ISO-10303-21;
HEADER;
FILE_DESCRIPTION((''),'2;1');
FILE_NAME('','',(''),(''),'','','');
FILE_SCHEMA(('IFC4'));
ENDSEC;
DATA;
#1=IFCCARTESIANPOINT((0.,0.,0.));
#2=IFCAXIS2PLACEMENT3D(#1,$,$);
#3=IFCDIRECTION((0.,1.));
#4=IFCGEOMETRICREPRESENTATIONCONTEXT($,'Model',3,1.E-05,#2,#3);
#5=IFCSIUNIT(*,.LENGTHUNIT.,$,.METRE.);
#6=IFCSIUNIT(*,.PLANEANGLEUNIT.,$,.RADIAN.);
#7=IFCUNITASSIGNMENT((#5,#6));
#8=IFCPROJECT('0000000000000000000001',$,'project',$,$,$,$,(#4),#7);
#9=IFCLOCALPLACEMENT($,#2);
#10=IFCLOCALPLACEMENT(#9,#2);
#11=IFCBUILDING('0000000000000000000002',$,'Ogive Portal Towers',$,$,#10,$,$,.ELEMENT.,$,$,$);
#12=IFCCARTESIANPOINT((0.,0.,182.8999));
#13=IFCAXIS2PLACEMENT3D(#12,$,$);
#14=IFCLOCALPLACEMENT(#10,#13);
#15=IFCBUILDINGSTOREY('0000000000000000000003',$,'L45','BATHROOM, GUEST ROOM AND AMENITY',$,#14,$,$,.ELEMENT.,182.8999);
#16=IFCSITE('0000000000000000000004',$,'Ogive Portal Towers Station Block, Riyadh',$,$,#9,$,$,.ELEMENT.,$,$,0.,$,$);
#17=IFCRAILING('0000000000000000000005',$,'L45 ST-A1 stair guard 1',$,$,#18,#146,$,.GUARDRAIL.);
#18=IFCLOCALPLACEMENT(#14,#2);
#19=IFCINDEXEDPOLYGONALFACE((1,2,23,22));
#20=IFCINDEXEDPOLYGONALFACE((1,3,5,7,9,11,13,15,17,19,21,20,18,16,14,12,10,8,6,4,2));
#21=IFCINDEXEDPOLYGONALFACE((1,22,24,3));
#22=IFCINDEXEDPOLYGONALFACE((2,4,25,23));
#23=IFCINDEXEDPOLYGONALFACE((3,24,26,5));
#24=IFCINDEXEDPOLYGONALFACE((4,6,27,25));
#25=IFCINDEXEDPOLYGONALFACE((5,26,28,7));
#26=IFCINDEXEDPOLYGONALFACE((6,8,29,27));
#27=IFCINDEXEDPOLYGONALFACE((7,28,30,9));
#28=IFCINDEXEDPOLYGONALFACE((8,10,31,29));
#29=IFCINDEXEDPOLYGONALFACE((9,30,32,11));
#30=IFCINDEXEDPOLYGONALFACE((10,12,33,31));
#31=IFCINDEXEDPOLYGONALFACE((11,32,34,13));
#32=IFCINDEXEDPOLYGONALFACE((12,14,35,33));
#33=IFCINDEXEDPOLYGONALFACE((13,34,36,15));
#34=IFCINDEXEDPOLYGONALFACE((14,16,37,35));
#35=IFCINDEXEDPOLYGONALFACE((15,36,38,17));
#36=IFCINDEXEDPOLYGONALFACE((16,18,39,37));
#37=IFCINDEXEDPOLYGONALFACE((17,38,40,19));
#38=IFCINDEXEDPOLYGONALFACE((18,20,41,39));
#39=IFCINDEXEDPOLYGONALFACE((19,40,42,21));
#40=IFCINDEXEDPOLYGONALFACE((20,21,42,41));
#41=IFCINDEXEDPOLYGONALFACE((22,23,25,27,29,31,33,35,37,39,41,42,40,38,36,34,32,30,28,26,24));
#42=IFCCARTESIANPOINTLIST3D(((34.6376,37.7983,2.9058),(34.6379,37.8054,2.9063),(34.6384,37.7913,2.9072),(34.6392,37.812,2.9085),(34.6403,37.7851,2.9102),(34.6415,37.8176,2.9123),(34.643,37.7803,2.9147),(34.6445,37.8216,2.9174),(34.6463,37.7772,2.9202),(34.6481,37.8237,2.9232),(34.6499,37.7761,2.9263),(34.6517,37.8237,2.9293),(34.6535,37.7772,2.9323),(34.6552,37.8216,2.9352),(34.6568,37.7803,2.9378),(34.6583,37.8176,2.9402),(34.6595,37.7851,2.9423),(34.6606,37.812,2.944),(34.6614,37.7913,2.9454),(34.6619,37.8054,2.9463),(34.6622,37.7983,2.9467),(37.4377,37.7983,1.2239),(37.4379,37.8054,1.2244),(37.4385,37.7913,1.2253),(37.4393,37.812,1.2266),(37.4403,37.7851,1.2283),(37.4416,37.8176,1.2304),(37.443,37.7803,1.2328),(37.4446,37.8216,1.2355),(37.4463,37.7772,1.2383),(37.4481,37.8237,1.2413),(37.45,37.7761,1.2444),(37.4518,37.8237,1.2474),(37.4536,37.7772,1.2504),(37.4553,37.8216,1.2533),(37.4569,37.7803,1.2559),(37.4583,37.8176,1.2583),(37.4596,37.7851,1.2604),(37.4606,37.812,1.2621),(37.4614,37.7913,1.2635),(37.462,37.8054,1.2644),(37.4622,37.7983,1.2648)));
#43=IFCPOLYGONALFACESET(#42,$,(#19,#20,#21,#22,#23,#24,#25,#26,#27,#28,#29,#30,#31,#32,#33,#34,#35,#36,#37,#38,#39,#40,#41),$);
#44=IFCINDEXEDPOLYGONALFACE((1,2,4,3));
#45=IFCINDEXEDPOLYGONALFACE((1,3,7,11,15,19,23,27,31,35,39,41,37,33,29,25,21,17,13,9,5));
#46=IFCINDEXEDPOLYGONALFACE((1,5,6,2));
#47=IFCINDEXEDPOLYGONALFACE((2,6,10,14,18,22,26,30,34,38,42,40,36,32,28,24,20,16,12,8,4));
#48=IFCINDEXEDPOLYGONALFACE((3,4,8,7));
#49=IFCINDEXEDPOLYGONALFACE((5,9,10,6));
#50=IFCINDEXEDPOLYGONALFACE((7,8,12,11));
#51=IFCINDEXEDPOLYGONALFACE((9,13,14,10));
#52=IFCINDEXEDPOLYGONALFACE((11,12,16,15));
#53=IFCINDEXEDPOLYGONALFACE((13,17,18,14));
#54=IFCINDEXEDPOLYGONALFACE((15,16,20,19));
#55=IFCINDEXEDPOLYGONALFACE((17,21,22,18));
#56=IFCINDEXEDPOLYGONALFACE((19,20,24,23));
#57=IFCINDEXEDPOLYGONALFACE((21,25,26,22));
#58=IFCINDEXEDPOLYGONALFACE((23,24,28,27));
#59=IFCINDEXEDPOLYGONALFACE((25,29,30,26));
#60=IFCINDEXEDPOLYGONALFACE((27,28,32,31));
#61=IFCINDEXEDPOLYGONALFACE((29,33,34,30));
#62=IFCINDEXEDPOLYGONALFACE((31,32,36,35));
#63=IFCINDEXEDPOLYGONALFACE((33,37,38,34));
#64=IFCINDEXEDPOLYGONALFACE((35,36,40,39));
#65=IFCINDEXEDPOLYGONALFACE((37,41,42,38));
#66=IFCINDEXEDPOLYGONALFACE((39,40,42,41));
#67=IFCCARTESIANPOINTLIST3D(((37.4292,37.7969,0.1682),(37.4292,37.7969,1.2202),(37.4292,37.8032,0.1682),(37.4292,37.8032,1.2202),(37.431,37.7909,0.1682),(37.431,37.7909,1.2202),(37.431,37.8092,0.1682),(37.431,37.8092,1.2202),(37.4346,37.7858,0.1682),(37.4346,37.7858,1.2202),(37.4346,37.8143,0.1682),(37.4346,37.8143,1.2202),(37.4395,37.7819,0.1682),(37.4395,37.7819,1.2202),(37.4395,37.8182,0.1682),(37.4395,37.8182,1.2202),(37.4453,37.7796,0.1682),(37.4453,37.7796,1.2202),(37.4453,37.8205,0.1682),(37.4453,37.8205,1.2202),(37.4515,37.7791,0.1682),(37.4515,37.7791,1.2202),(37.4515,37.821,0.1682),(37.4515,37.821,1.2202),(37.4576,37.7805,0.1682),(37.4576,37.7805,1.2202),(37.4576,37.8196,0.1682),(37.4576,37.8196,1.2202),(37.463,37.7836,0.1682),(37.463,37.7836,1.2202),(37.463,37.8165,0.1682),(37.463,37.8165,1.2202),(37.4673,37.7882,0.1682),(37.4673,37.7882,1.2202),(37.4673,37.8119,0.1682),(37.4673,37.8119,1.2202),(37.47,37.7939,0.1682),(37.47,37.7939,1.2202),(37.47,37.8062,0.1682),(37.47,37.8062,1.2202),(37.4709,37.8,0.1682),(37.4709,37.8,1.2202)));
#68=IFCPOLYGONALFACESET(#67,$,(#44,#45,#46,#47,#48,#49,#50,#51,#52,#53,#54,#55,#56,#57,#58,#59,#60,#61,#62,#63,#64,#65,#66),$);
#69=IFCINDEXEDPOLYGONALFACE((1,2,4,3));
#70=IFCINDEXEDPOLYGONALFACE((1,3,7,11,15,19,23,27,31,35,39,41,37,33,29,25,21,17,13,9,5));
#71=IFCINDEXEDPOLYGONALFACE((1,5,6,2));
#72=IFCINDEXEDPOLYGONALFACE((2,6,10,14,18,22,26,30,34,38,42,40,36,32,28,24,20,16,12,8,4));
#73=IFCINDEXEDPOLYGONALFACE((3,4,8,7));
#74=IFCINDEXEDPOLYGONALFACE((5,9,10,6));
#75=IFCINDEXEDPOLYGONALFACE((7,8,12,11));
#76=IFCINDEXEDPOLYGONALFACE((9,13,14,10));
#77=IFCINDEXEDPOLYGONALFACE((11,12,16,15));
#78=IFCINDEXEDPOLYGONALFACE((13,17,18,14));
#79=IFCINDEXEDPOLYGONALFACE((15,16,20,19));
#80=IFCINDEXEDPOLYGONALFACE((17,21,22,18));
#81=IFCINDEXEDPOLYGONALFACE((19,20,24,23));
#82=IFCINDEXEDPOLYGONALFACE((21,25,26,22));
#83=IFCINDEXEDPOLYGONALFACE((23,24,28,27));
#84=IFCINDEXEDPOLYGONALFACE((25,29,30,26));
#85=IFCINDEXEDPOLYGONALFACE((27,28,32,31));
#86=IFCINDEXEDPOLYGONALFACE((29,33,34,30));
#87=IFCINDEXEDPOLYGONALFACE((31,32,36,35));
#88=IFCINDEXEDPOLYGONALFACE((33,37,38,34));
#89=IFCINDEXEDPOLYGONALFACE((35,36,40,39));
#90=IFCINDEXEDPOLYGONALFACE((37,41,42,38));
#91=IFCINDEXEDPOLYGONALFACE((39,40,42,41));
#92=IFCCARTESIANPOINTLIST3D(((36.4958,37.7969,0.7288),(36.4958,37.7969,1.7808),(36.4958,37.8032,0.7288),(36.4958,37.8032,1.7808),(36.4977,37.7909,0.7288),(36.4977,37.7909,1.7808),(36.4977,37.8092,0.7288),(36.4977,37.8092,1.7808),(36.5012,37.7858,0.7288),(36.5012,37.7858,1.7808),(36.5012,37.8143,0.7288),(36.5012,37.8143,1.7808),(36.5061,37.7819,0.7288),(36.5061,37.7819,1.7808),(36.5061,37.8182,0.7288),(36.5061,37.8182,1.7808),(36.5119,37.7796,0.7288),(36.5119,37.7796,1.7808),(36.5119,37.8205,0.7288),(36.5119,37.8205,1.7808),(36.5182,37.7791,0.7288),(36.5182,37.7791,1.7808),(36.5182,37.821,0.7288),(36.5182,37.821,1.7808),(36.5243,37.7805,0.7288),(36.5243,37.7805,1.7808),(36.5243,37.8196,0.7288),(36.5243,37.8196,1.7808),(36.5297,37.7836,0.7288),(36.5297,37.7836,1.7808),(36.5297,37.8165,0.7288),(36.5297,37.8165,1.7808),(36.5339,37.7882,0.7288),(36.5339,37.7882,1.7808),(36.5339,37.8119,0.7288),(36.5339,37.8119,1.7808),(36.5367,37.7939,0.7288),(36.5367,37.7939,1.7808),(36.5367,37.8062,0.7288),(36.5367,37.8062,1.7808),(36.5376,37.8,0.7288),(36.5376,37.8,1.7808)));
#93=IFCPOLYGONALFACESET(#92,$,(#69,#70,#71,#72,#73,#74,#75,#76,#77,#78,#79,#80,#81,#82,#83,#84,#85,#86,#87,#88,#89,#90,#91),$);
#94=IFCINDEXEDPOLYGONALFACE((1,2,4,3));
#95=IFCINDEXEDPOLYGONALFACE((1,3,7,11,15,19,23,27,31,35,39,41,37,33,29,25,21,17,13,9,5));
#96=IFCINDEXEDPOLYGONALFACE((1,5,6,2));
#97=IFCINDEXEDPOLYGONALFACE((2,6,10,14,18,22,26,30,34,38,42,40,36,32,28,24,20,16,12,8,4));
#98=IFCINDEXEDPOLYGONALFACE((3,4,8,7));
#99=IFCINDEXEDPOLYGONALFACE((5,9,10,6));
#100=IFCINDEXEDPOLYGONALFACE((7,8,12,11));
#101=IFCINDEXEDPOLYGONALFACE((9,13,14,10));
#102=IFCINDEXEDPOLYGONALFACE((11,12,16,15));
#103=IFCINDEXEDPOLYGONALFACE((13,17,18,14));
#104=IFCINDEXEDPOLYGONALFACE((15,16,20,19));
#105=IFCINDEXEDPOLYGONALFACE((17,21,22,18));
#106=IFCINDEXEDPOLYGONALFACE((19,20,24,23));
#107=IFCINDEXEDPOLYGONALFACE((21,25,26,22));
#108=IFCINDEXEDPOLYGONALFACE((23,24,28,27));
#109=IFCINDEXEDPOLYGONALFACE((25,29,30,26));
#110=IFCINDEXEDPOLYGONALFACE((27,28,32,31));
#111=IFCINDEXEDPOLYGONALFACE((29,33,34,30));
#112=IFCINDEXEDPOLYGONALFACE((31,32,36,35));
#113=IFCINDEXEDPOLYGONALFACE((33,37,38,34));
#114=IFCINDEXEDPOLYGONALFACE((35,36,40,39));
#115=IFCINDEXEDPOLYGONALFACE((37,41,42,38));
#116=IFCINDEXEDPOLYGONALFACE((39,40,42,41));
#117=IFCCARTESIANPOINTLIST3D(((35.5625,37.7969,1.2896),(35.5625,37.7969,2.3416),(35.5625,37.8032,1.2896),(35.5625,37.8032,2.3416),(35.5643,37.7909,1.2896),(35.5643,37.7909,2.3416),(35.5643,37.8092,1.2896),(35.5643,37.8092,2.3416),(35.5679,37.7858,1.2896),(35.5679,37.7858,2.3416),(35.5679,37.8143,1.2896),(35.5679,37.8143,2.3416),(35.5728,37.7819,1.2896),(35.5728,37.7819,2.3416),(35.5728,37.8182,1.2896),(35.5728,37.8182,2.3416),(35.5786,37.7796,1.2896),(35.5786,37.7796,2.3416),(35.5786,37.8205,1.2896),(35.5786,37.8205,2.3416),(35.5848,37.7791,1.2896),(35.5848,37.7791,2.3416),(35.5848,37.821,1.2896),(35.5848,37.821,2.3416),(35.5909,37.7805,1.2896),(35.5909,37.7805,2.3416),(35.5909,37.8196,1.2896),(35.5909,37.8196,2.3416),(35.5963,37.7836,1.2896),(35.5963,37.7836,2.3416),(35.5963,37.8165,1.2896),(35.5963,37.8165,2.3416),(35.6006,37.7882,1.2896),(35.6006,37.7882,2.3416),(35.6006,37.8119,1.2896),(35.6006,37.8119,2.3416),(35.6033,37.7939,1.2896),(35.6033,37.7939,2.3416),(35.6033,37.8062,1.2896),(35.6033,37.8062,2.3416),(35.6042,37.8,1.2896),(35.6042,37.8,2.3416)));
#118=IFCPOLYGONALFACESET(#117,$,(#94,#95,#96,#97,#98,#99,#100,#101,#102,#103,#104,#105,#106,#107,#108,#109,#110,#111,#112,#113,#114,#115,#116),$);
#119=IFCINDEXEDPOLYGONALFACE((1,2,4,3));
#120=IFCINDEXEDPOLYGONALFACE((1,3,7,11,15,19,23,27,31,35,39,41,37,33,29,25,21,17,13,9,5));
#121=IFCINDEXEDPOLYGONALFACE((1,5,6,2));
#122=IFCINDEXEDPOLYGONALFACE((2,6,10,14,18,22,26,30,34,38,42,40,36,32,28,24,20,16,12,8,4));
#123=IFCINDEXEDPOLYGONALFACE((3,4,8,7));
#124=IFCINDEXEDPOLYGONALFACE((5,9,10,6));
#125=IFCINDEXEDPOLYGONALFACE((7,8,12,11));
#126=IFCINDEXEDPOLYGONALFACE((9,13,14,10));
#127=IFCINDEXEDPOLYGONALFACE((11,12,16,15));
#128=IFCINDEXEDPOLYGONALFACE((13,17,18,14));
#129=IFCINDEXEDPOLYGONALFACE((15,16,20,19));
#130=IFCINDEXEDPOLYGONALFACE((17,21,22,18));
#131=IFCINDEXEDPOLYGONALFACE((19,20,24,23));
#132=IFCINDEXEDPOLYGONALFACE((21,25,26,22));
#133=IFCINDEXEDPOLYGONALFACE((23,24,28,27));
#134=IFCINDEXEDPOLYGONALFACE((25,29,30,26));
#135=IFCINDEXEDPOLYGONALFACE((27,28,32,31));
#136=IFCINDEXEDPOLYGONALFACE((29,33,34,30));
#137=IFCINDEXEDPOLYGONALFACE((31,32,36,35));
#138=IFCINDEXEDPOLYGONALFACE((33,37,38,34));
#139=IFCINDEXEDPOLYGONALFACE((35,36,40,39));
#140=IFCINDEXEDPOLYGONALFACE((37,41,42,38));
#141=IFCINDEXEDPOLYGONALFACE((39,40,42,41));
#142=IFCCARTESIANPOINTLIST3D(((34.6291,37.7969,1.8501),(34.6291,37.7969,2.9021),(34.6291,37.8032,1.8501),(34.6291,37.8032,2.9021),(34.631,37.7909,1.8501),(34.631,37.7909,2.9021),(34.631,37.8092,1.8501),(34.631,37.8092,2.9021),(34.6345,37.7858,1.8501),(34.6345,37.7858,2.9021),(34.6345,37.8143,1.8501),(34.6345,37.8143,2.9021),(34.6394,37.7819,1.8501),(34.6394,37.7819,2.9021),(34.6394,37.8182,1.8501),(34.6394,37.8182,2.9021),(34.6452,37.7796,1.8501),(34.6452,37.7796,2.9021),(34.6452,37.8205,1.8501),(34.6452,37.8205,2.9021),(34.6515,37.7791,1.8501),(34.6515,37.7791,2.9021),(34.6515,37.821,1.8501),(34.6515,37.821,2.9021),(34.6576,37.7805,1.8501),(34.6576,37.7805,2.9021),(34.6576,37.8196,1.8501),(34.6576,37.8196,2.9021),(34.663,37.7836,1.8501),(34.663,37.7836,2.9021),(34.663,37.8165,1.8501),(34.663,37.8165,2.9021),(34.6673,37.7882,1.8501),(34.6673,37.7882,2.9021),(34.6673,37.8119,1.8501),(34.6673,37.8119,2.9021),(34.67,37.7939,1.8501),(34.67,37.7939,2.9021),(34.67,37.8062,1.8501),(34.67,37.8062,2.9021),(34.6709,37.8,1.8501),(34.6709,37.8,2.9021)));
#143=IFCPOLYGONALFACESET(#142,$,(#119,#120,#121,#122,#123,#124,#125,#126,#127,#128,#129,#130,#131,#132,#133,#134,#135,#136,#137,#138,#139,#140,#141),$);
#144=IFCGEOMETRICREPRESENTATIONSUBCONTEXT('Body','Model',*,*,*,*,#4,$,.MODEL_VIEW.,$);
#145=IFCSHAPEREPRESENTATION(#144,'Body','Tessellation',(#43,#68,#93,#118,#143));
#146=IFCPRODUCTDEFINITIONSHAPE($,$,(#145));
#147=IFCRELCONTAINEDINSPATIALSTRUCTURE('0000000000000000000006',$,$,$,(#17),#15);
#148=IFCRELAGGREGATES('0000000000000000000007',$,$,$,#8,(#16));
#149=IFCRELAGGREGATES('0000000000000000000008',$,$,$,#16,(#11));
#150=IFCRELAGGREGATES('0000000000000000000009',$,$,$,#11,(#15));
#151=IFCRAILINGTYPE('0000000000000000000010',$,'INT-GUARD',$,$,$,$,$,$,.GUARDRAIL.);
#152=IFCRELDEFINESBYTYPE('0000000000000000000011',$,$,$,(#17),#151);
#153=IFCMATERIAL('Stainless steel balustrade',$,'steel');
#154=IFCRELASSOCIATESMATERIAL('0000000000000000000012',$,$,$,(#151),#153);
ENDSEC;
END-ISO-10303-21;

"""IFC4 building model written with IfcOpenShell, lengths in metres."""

from ifc_helpers import new_model, si_unit, direction, frame, origin, origin_2d, place, context, subcontext, project, spatial, circle, extrude, material, type_object, element, save


model = new_model("IFC4")

# Units and contexts
model_context = context("Model", 3, precision=1e-05, world=origin(), true_north=direction((0.0, 1.0)))
body_context = subcontext(model_context, "Body", "Model", "MODEL_VIEW")
ifc_project = project(units=[si_unit("LENGTHUNIT", "METRE"), si_unit("PLANEANGLEUNIT", "RADIAN")], contexts=[model_context])

# Site, building, storey
site_placement = place(None, origin())
site = spatial("IfcSite", under=ifc_project, at=site_placement, Name="Ogive Portal Towers Station Block, Riyadh", CompositionType="ELEMENT", RefElevation=0.0)
building_placement = place(site_placement, origin())
building = spatial("IfcBuilding", under=site, at=building_placement, Name="Ogive Portal Towers", CompositionType="ELEMENT")
storey_placement = place(building_placement, frame((0.0, 0.0, 182.8999)))
storey = spatial("IfcBuildingStorey", under=building, at=storey_placement, Name="L45", Description="BATHROOM, GUEST ROOM AND AMENITY", CompositionType="ELEMENT", Elevation=182.8999)

# Railing
ifc_material_1 = material(Name="Stainless steel balustrade", Category="steel")
railing_type_1 = type_object("IfcRailingType", Name="INT-GUARD", PredefinedType="GUARDRAIL", material=ifc_material_1)
railing_1_placement = place(storey_placement, frame((37.45, 37.8, 0.1682)))
element("IfcRailing", 1, at=railing_1_placement, inside=storey, type_object=railing_type_1, Name="L45 ST-A1 stair guard 1", PredefinedType="GUARDRAIL", context=body_context, shape_type="SweptSolid", body=[
    extrude(circle(Radius=0.0239, at=origin_2d()), frame((0.0, 0.0, 1.0762), z_axis=(-0.857242, 0.0, 0.514913), x_axis=(0.0, -1.0, 0.0)), (0.0, 0.0, 1.0), 3.2664),
    extrude(circle(Radius=0.021, at=origin_2d()), origin(), (0.0, 0.0, 1.0), 1.052),
    extrude(circle(Radius=0.021, at=origin_2d()), frame((-0.9333, 0.0, 0.5605)), (0.0, 0.0, 1.0), 1.052),
    extrude(circle(Radius=0.021, at=origin_2d()), frame((-1.8667, 0.0, 1.1213)), (0.0, 0.0, 1.0), 1.052),
    extrude(circle(Radius=0.021, at=origin_2d()), frame((-2.8, 0.0, 1.6819)), (0.0, 0.0, 1.0), 1.052),
])

save(model, "model.ifc")
